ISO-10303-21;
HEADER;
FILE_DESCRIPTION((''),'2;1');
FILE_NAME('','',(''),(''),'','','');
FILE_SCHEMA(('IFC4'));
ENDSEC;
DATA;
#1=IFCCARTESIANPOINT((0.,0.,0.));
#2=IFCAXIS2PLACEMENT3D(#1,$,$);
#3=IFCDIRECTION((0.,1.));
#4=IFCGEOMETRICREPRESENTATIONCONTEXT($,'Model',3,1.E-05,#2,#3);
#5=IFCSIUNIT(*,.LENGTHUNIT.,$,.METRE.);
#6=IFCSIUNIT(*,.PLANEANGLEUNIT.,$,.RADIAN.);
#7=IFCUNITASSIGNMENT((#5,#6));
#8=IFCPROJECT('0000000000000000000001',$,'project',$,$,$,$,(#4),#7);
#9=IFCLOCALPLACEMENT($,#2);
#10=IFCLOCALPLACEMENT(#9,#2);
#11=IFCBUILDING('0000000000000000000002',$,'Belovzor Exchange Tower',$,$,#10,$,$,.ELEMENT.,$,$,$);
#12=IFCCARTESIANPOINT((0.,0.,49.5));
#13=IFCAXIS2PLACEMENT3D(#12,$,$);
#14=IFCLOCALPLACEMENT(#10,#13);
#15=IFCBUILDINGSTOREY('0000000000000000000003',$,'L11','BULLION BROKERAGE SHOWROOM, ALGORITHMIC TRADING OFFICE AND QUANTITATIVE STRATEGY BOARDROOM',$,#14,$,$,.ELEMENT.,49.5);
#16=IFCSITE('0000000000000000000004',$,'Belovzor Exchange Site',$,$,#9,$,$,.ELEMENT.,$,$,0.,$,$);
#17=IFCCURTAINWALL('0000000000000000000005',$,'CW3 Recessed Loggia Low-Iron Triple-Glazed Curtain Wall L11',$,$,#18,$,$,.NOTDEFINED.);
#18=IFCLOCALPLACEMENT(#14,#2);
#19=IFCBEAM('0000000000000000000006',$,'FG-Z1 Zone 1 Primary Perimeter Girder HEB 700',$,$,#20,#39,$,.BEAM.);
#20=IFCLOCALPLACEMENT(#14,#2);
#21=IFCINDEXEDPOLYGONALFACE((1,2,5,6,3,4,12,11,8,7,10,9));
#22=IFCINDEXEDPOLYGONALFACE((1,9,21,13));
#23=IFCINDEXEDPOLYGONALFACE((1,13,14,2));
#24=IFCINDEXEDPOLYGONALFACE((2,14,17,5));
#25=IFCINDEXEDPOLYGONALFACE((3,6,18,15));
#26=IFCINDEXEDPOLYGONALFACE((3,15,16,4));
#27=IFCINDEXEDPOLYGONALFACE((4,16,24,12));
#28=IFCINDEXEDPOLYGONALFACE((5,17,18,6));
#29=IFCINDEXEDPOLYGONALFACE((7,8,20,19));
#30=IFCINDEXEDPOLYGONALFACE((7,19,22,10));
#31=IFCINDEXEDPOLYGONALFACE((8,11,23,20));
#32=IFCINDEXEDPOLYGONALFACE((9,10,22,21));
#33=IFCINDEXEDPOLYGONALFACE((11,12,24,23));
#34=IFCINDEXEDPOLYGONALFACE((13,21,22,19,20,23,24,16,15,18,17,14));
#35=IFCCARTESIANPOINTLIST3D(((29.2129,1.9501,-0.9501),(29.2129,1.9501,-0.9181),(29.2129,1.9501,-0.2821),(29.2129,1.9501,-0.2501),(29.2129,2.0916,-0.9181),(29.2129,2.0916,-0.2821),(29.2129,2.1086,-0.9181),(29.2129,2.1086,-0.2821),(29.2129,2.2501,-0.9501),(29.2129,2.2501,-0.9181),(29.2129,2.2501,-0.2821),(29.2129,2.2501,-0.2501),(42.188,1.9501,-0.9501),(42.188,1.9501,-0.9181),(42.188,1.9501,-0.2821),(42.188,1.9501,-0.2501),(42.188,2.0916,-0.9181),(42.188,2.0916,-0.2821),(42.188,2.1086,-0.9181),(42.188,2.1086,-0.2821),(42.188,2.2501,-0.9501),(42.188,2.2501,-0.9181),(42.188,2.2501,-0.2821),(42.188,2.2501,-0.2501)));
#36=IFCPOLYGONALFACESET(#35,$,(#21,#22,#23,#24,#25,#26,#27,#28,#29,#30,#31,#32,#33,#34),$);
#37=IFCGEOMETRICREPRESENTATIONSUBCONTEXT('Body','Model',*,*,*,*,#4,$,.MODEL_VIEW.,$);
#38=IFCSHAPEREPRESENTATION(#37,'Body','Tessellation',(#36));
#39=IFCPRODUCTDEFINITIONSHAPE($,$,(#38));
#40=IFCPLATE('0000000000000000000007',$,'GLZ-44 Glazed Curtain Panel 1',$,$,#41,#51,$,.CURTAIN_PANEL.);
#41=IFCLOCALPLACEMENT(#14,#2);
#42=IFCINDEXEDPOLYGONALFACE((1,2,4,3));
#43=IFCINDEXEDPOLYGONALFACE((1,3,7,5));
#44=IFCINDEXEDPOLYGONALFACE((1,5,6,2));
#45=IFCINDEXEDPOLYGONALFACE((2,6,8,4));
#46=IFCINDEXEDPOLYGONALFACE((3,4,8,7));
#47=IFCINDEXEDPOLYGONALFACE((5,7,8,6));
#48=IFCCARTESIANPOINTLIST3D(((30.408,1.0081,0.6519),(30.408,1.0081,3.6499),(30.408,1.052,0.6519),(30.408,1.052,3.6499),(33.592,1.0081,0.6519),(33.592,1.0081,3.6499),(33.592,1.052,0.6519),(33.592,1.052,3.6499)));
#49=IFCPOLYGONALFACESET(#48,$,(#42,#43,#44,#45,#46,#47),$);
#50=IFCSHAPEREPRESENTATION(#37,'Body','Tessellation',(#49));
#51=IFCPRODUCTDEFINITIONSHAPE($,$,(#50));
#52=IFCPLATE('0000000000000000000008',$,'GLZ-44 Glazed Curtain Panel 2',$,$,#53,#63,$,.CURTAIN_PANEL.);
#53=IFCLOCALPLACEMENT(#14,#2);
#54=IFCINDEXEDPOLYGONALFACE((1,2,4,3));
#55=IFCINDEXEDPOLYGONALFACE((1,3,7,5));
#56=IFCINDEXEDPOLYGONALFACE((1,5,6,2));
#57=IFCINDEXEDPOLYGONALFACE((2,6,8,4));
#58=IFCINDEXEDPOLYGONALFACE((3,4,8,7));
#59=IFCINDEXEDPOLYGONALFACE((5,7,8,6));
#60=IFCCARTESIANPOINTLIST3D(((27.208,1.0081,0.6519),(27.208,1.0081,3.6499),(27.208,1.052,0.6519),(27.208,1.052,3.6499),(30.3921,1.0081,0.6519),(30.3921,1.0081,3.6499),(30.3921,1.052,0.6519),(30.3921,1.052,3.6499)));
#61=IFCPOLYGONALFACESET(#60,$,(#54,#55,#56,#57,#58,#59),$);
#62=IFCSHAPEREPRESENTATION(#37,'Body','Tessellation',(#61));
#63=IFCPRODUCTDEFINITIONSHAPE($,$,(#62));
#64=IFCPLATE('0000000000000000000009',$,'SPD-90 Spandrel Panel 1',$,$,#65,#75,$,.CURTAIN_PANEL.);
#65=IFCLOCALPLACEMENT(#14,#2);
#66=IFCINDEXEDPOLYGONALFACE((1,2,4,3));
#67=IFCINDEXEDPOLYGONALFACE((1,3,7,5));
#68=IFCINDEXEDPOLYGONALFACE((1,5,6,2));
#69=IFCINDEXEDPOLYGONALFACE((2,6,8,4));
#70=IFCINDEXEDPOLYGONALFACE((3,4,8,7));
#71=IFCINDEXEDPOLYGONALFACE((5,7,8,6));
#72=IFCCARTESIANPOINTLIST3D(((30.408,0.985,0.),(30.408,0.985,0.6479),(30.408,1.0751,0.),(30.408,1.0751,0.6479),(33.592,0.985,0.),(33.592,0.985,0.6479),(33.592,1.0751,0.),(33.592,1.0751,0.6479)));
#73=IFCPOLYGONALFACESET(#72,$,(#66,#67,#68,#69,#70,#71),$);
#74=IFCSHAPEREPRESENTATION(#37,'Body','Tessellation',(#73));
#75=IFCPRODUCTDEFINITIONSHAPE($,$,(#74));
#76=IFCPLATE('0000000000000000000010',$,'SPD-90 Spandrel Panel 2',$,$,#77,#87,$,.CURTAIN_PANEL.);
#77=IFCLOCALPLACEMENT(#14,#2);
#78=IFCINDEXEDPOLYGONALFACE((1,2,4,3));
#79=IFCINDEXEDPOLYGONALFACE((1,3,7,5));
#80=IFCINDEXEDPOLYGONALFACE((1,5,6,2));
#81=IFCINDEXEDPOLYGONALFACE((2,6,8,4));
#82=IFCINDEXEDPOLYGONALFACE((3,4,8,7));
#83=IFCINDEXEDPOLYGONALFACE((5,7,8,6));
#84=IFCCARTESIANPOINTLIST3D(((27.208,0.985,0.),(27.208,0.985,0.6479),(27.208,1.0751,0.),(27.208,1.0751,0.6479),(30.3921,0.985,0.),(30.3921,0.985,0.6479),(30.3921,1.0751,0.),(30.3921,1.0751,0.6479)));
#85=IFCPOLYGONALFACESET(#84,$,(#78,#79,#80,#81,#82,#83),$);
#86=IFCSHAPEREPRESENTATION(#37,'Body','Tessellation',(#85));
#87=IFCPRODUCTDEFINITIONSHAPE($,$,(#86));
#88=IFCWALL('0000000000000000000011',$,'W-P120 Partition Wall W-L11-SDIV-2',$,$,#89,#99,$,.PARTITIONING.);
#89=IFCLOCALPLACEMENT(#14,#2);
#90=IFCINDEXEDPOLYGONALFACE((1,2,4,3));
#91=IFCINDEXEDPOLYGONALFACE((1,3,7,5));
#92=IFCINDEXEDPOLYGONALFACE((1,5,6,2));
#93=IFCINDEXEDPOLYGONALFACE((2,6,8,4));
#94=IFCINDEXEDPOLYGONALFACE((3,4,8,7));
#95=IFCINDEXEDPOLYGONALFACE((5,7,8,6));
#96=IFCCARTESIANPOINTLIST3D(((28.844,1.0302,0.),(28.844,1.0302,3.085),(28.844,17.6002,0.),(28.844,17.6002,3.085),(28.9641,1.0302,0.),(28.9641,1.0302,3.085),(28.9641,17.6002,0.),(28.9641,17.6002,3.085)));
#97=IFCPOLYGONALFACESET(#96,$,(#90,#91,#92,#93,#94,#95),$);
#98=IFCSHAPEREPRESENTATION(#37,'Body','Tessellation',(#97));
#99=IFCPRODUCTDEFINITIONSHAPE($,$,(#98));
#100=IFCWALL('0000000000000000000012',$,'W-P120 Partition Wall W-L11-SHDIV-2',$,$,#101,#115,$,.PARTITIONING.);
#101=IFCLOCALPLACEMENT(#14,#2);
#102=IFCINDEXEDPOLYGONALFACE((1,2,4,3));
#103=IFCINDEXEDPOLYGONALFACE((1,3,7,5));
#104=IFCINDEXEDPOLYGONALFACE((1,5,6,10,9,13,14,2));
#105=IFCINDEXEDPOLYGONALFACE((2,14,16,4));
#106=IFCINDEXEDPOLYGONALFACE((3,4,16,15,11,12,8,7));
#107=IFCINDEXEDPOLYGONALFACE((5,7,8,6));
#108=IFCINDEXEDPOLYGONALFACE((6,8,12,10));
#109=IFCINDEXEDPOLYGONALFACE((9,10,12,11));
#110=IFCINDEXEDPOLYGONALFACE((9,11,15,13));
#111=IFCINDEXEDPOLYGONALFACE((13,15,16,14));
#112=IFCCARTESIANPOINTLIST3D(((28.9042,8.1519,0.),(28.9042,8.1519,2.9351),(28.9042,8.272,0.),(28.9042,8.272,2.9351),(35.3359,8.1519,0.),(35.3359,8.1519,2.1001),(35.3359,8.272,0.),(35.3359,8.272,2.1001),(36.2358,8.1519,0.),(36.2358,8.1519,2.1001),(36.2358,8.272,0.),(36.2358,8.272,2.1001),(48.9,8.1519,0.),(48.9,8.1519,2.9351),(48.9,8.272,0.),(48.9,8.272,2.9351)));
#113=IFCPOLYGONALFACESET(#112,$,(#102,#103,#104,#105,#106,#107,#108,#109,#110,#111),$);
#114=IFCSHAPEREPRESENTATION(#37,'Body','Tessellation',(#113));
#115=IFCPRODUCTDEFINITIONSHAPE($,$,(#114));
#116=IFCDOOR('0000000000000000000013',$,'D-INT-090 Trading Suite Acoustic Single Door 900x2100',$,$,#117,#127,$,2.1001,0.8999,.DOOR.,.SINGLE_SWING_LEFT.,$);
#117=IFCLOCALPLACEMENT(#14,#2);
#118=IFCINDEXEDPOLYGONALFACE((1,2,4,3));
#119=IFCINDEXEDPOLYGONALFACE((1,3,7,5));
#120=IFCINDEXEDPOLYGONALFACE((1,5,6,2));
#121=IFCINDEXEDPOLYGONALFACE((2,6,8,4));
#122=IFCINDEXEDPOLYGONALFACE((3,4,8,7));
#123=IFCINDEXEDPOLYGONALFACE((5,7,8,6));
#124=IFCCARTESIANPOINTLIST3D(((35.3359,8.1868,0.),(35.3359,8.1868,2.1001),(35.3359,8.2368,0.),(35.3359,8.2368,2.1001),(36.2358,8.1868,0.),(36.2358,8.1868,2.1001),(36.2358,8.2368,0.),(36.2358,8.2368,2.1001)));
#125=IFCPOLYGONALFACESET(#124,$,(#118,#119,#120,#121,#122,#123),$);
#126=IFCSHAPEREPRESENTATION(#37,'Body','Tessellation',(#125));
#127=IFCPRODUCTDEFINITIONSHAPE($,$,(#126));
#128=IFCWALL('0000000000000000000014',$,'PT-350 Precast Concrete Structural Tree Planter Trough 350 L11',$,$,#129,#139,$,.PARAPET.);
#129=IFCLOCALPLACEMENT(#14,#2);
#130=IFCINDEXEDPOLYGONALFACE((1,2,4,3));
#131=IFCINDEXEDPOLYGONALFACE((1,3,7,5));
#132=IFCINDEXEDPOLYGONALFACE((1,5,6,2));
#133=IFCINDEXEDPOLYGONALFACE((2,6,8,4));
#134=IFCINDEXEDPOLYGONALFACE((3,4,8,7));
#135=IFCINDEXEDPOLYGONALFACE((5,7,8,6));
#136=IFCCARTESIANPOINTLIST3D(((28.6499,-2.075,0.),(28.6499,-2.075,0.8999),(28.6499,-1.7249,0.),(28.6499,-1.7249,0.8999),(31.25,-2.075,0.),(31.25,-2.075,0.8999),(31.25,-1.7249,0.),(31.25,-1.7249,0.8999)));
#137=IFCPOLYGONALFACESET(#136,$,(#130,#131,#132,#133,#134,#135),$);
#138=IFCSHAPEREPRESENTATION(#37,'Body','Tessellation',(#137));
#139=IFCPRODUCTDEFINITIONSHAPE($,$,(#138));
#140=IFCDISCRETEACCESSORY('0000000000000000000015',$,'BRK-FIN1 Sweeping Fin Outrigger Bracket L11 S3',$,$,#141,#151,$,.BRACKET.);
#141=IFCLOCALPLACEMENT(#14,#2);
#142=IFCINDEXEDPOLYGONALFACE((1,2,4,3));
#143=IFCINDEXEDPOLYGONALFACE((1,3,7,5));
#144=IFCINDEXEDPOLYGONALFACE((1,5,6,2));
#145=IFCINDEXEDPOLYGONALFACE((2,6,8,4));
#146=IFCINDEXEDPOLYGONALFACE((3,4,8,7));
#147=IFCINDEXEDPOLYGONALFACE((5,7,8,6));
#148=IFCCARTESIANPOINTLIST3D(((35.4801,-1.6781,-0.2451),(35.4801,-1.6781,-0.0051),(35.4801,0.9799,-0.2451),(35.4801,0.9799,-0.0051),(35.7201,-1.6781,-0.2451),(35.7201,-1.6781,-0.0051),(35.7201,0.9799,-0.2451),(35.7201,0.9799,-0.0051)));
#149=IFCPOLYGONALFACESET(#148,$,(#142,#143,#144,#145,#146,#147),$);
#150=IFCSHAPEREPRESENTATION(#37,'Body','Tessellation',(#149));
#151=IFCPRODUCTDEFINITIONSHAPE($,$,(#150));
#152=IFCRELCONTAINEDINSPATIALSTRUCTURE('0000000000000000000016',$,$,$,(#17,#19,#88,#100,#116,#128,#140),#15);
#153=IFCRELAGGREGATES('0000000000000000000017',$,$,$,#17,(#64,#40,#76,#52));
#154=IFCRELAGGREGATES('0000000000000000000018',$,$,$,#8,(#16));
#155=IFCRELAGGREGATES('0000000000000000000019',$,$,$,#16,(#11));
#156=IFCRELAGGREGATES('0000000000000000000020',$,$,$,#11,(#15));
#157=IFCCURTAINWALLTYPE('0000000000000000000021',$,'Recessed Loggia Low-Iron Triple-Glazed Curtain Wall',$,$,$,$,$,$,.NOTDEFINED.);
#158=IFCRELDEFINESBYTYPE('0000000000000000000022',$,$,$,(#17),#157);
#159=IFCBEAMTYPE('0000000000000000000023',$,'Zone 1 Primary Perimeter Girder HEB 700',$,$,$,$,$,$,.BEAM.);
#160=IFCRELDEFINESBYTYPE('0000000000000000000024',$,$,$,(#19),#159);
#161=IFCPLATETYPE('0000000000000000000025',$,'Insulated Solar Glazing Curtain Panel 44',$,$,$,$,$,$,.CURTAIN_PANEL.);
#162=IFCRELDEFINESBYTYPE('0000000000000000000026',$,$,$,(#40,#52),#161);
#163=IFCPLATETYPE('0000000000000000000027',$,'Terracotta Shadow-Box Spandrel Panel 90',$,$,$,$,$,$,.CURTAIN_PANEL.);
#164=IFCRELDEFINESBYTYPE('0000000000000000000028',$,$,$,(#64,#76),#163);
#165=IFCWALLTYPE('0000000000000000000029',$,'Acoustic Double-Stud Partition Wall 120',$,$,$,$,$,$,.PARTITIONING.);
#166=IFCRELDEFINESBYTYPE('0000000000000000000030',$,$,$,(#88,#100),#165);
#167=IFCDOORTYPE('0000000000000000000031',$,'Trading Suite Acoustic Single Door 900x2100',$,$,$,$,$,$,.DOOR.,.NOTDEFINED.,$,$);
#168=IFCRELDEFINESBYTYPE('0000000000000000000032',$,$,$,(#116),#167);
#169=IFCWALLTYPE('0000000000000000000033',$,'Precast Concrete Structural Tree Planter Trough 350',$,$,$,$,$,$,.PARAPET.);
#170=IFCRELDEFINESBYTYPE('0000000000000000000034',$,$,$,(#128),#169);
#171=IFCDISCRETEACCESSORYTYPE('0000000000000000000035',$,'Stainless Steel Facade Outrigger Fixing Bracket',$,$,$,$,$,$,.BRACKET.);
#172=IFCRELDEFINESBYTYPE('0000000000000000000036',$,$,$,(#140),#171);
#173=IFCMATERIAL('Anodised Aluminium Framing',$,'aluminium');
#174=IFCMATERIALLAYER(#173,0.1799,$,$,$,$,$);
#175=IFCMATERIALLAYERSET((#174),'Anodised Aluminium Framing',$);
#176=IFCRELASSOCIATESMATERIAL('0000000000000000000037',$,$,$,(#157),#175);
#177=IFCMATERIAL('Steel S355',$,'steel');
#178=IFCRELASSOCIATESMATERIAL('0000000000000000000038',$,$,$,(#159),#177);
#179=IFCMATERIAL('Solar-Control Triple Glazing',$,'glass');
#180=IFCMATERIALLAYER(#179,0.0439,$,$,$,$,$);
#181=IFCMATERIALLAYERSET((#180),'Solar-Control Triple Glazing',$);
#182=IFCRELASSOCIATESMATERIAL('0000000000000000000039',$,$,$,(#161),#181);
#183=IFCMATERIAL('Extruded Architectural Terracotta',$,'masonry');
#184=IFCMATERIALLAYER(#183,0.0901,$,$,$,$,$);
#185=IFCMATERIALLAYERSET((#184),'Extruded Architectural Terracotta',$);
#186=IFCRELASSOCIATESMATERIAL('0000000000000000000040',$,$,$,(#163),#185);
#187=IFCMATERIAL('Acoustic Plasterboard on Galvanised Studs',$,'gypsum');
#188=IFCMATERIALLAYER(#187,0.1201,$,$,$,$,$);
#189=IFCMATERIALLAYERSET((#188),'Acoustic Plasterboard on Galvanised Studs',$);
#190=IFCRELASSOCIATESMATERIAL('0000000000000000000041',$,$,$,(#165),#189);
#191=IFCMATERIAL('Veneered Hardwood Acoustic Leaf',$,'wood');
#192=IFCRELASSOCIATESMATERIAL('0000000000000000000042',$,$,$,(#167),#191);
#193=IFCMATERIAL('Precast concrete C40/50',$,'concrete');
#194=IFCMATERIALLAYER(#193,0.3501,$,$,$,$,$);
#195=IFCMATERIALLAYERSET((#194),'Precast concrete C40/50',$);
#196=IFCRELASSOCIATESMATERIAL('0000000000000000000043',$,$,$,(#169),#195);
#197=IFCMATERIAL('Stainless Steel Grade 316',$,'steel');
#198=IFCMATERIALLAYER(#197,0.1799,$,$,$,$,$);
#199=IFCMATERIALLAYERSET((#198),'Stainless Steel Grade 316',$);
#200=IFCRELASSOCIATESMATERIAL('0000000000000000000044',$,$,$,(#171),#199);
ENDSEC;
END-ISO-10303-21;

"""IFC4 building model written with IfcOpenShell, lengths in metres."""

from ifc_helpers import new_model, si_unit, direction, frame, frame_2d, origin, origin_2d, place, context, subcontext, project, spatial, rectangle, i_section, extrude, material, layer, layer_set, material_profile, profile_set, type_object, element, fill, aggregate, save


model = new_model("IFC4")

# Units and contexts
model_context = context("Model", 3, precision=1e-05, world=origin(), true_north=direction((0.0, 1.0)))
body_context = subcontext(model_context, "Body", "Model", "MODEL_VIEW")
ifc_project = project(units=[si_unit("LENGTHUNIT", "METRE"), si_unit("PLANEANGLEUNIT", "RADIAN")], contexts=[model_context])

# Site, building, storey
site_placement = place(None, origin())
site = spatial("IfcSite", under=ifc_project, at=site_placement, Name="Belovzor Exchange Site", CompositionType="ELEMENT", RefElevation=0.0)
building_placement = place(site_placement, origin())
building = spatial("IfcBuilding", under=site, at=building_placement, Name="Belovzor Exchange Tower", CompositionType="ELEMENT")
storey_placement = place(building_placement, frame((0.0, 0.0, 49.5)))
storey = spatial("IfcBuildingStorey", under=building, at=storey_placement, Name="L11", Description="BULLION BROKERAGE SHOWROOM, ALGORITHMIC TRADING OFFICE AND QUANTITATIVE STRATEGY BOARDROOM", CompositionType="ELEMENT", Elevation=49.5)

# Curtain wall
ifc_material_1 = material(Name="Anodised Aluminium Framing", Category="aluminium")
ifc_layer_1 = layer(ifc_material_1, 0.1799)
ifc_layer_set_1 = layer_set([ifc_layer_1], Name="Anodised Aluminium Framing")
curtain_wall_type = type_object("IfcCurtainWallType", Name="Recessed Loggia Low-Iron Triple-Glazed Curtain Wall", PredefinedType="NOTDEFINED", material=ifc_layer_set_1)
curtain_wall_placement = place(storey_placement, origin())
curtain_wall = element("IfcCurtainWall", 1, at=curtain_wall_placement, inside=storey, type_object=curtain_wall_type, Name="CW3 Recessed Loggia Low-Iron Triple-Glazed Curtain Wall L11", PredefinedType="NOTDEFINED")

# Beam
ifc_material_2 = material(Name="Steel S355", Category="steel")
ifc_material_profile_1 = material_profile(ifc_material_2, i_section(OverallWidth=0.3, OverallDepth=0.7, WebThickness=0.0171, FlangeThickness=0.032, at=origin_2d()))
ifc_profile_set_1 = profile_set([ifc_material_profile_1], Name="Steel S355")
beam_type_1 = type_object("IfcBeamType", Name="Zone 1 Primary Perimeter Girder HEB 700", PredefinedType="BEAM", material=ifc_profile_set_1)
beam_1_placement = place(storey_placement, frame((29.2129, 2.1001, -0.6001), z_axis=(1.0, 0.0, 0.0), x_axis=(0.0, 1.0, 0.0)))
element("IfcBeam", 2, at=beam_1_placement, inside=storey, type_object=beam_type_1, Name="FG-Z1 Zone 1 Primary Perimeter Girder HEB 700", PredefinedType="BEAM", context=body_context, shape_type="SweptSolid", body=[
    extrude(i_section(OverallWidth=0.3, OverallDepth=0.7, WebThickness=0.0171, FlangeThickness=0.032, at=origin_2d()), origin(), (0.0, 0.0, 1.0), 12.9751),
])

# Plates
ifc_material_3 = material(Name="Solar-Control Triple Glazing", Category="glass")
ifc_layer_2 = layer(ifc_material_3, 0.0439)
ifc_layer_set_2 = layer_set([ifc_layer_2], Name="Solar-Control Triple Glazing")
plate_type_1 = type_object("IfcPlateType", Name="Insulated Solar Glazing Curtain Panel 44", PredefinedType="CURTAIN_PANEL", material=ifc_layer_set_2)
plate_1_placement = place(storey_placement, frame((32.0, 1.03, 0.6519), z_axis=(0.0, 0.0, 1.0), x_axis=(-1.0, 0.0, 0.0)))
plate_1 = element("IfcPlate", 3, at=plate_1_placement, type_object=plate_type_1, Name="GLZ-44 Glazed Curtain Panel 1", PredefinedType="CURTAIN_PANEL", context=body_context, shape_type="SweptSolid", body=[
    extrude(rectangle(XDim=3.1841, YDim=0.0439, at=origin_2d()), origin(), (0.0, 0.0, 1.0), 2.998),
])
plate_2_placement = place(storey_placement, frame((28.8, 1.03, 0.6519), z_axis=(0.0, 0.0, 1.0), x_axis=(-1.0, 0.0, 0.0)))
plate_2 = element("IfcPlate", 4, at=plate_2_placement, type_object=plate_type_1, Name="GLZ-44 Glazed Curtain Panel 2", PredefinedType="CURTAIN_PANEL", context=body_context, shape_type="SweptSolid", body=[
    extrude(rectangle(XDim=3.1841, YDim=0.0439, at=origin_2d()), origin(), (0.0, 0.0, 1.0), 2.998),
])
ifc_material_4 = material(Name="Extruded Architectural Terracotta", Category="masonry")
ifc_layer_3 = layer(ifc_material_4, 0.0901)
ifc_layer_set_3 = layer_set([ifc_layer_3], Name="Extruded Architectural Terracotta")
plate_type_2 = type_object("IfcPlateType", Name="Terracotta Shadow-Box Spandrel Panel 90", PredefinedType="CURTAIN_PANEL", material=ifc_layer_set_3)
plate_3_placement = place(storey_placement, frame((32.0, 1.03, 0.0), z_axis=(0.0, 0.0, 1.0), x_axis=(-1.0, 0.0, 0.0)))
plate_3 = element("IfcPlate", 5, at=plate_3_placement, type_object=plate_type_2, Name="SPD-90 Spandrel Panel 1", PredefinedType="CURTAIN_PANEL", context=body_context, shape_type="SweptSolid", body=[
    extrude(rectangle(XDim=3.1841, YDim=0.0901, at=origin_2d()), origin(), (0.0, 0.0, 1.0), 0.6479),
])
plate_4_placement = place(storey_placement, frame((28.8, 1.03, 0.0), z_axis=(0.0, 0.0, 1.0), x_axis=(-1.0, 0.0, 0.0)))
plate_4 = element("IfcPlate", 6, at=plate_4_placement, type_object=plate_type_2, Name="SPD-90 Spandrel Panel 2", PredefinedType="CURTAIN_PANEL", context=body_context, shape_type="SweptSolid", body=[
    extrude(rectangle(XDim=3.1841, YDim=0.0901, at=origin_2d()), origin(), (0.0, 0.0, 1.0), 0.6479),
])
aggregate(curtain_wall, [plate_3, plate_1, plate_4, plate_2])

# Wall
ifc_material_5 = material(Name="Acoustic Plasterboard on Galvanised Studs", Category="gypsum")
ifc_layer_4 = layer(ifc_material_5, 0.1201)
ifc_layer_set_4 = layer_set([ifc_layer_4], Name="Acoustic Plasterboard on Galvanised Studs")
wall_type_1 = type_object("IfcWallType", Name="Acoustic Double-Stud Partition Wall 120", PredefinedType="PARTITIONING", material=ifc_layer_set_4)
wall_1_placement = place(storey_placement, frame((28.9041, 1.03, 0.0), z_axis=(0.0, 0.0, 1.0), x_axis=(0.0, 1.0, 0.0)))
element("IfcWall", 7, at=wall_1_placement, inside=storey, type_object=wall_type_1, Name="W-P120 Partition Wall W-L11-SDIV-2", PredefinedType="PARTITIONING", context=body_context, shape_type="SweptSolid", body=[
    extrude(rectangle(XDim=16.5701, YDim=0.1201, at=frame_2d((8.2852, 0.0))), origin(), (0.0, 0.0, 1.0), 3.085),
])

# Wall, opening, door
wall_2_placement = place(storey_placement, frame((28.9041, 8.2119, 0.0), z_axis=(0.0, 0.0, 1.0), x_axis=(1.0, 0.0, 0.0)))
wall_2 = element("IfcWall", 8, at=wall_2_placement, inside=storey, type_object=wall_type_1, Name="W-P120 Partition Wall W-L11-SHDIV-2", PredefinedType="PARTITIONING", context=body_context, shape_type="SweptSolid", body=[
    extrude(rectangle(XDim=19.9958, YDim=0.1201, at=frame_2d((9.998, 0.0))), origin(), (0.0, 0.0, 1.0), 2.9351),
])
opening_placement = place(wall_2_placement, frame((6.4319, 0.0, 0.0)))
opening = element("IfcOpeningElement", 9, at=opening_placement, cuts=wall_2, PredefinedType="OPENING", context=body_context, shape_type="SweptSolid", body=[
    extrude(rectangle(XDim=0.8999, YDim=2.1001, at=frame_2d((0.45, 1.05))), frame((0.0, 0.0701, 0.0), z_axis=(0.0, -1.0, 0.0), x_axis=(1.0, 0.0, 0.0)), (0.0, 0.0, 1.0), 0.1401),
])
ifc_material_6 = material(Name="Veneered Hardwood Acoustic Leaf", Category="wood")
door_type = type_object("IfcDoorType", Name="Trading Suite Acoustic Single Door 900x2100", OperationType="NOTDEFINED", PredefinedType="DOOR", material=ifc_material_6)
door_placement = place(opening_placement, origin())
door = element("IfcDoor", 10, at=door_placement, inside=storey, type_object=door_type, Name="D-INT-090 Trading Suite Acoustic Single Door 900x2100", OperationType="SINGLE_SWING_LEFT", OverallHeight=2.1001, OverallWidth=0.8999, PredefinedType="DOOR", context=body_context, shape_type="SweptSolid", body=[
    extrude(rectangle(XDim=0.8999, YDim=2.1001, at=frame_2d((0.45, 1.05))), frame((0.0, 0.0249, 0.0), z_axis=(0.0, -1.0, 0.0), x_axis=(1.0, 0.0, 0.0)), (0.0, 0.0, 1.0), 0.05),
])
fill(opening, door)

# Wall
ifc_material_7 = material(Name="Precast concrete C40/50", Category="concrete")
ifc_layer_5 = layer(ifc_material_7, 0.3501)
ifc_layer_set_5 = layer_set([ifc_layer_5], Name="Precast concrete C40/50")
wall_type_2 = type_object("IfcWallType", Name="Precast Concrete Structural Tree Planter Trough 350", PredefinedType="PARAPET", material=ifc_layer_set_5)
wall_3_placement = place(storey_placement, frame((28.6499, -1.8999, 0.0), z_axis=(0.0, 0.0, 1.0), x_axis=(1.0, 0.0, 0.0)))
element("IfcWall", 11, at=wall_3_placement, inside=storey, type_object=wall_type_2, Name="PT-350 Precast Concrete Structural Tree Planter Trough 350 L11", PredefinedType="PARAPET", context=body_context, shape_type="SweptSolid", body=[
    extrude(rectangle(XDim=2.6001, YDim=0.3501, at=frame_2d((1.3, 0.0))), origin(), (0.0, 0.0, 1.0), 0.8999),
])

# Discrete accessory
ifc_material_8 = material(Name="Stainless Steel Grade 316", Category="steel")
ifc_layer_6 = layer(ifc_material_8, 0.1799)
ifc_layer_set_6 = layer_set([ifc_layer_6], Name="Stainless Steel Grade 316")
discrete_accessory_type = type_object("IfcDiscreteAccessoryType", Name="Stainless Steel Facade Outrigger Fixing Bracket", PredefinedType="BRACKET", material=ifc_layer_set_6)
discrete_accessory_placement = place(storey_placement, frame((35.6001, -0.3491, -0.2451), z_axis=(0.0, 0.0, 1.0), x_axis=(0.0, 1.0, 0.0)))
element("IfcDiscreteAccessory", 12, at=discrete_accessory_placement, inside=storey, type_object=discrete_accessory_type, Name="BRK-FIN1 Sweeping Fin Outrigger Bracket L11 S3", PredefinedType="BRACKET", context=body_context, shape_type="SweptSolid", body=[
    extrude(rectangle(XDim=2.658, YDim=0.24, at=origin_2d()), origin(), (0.0, 0.0, 1.0), 0.24),
])

save(model, "model.ifc")
